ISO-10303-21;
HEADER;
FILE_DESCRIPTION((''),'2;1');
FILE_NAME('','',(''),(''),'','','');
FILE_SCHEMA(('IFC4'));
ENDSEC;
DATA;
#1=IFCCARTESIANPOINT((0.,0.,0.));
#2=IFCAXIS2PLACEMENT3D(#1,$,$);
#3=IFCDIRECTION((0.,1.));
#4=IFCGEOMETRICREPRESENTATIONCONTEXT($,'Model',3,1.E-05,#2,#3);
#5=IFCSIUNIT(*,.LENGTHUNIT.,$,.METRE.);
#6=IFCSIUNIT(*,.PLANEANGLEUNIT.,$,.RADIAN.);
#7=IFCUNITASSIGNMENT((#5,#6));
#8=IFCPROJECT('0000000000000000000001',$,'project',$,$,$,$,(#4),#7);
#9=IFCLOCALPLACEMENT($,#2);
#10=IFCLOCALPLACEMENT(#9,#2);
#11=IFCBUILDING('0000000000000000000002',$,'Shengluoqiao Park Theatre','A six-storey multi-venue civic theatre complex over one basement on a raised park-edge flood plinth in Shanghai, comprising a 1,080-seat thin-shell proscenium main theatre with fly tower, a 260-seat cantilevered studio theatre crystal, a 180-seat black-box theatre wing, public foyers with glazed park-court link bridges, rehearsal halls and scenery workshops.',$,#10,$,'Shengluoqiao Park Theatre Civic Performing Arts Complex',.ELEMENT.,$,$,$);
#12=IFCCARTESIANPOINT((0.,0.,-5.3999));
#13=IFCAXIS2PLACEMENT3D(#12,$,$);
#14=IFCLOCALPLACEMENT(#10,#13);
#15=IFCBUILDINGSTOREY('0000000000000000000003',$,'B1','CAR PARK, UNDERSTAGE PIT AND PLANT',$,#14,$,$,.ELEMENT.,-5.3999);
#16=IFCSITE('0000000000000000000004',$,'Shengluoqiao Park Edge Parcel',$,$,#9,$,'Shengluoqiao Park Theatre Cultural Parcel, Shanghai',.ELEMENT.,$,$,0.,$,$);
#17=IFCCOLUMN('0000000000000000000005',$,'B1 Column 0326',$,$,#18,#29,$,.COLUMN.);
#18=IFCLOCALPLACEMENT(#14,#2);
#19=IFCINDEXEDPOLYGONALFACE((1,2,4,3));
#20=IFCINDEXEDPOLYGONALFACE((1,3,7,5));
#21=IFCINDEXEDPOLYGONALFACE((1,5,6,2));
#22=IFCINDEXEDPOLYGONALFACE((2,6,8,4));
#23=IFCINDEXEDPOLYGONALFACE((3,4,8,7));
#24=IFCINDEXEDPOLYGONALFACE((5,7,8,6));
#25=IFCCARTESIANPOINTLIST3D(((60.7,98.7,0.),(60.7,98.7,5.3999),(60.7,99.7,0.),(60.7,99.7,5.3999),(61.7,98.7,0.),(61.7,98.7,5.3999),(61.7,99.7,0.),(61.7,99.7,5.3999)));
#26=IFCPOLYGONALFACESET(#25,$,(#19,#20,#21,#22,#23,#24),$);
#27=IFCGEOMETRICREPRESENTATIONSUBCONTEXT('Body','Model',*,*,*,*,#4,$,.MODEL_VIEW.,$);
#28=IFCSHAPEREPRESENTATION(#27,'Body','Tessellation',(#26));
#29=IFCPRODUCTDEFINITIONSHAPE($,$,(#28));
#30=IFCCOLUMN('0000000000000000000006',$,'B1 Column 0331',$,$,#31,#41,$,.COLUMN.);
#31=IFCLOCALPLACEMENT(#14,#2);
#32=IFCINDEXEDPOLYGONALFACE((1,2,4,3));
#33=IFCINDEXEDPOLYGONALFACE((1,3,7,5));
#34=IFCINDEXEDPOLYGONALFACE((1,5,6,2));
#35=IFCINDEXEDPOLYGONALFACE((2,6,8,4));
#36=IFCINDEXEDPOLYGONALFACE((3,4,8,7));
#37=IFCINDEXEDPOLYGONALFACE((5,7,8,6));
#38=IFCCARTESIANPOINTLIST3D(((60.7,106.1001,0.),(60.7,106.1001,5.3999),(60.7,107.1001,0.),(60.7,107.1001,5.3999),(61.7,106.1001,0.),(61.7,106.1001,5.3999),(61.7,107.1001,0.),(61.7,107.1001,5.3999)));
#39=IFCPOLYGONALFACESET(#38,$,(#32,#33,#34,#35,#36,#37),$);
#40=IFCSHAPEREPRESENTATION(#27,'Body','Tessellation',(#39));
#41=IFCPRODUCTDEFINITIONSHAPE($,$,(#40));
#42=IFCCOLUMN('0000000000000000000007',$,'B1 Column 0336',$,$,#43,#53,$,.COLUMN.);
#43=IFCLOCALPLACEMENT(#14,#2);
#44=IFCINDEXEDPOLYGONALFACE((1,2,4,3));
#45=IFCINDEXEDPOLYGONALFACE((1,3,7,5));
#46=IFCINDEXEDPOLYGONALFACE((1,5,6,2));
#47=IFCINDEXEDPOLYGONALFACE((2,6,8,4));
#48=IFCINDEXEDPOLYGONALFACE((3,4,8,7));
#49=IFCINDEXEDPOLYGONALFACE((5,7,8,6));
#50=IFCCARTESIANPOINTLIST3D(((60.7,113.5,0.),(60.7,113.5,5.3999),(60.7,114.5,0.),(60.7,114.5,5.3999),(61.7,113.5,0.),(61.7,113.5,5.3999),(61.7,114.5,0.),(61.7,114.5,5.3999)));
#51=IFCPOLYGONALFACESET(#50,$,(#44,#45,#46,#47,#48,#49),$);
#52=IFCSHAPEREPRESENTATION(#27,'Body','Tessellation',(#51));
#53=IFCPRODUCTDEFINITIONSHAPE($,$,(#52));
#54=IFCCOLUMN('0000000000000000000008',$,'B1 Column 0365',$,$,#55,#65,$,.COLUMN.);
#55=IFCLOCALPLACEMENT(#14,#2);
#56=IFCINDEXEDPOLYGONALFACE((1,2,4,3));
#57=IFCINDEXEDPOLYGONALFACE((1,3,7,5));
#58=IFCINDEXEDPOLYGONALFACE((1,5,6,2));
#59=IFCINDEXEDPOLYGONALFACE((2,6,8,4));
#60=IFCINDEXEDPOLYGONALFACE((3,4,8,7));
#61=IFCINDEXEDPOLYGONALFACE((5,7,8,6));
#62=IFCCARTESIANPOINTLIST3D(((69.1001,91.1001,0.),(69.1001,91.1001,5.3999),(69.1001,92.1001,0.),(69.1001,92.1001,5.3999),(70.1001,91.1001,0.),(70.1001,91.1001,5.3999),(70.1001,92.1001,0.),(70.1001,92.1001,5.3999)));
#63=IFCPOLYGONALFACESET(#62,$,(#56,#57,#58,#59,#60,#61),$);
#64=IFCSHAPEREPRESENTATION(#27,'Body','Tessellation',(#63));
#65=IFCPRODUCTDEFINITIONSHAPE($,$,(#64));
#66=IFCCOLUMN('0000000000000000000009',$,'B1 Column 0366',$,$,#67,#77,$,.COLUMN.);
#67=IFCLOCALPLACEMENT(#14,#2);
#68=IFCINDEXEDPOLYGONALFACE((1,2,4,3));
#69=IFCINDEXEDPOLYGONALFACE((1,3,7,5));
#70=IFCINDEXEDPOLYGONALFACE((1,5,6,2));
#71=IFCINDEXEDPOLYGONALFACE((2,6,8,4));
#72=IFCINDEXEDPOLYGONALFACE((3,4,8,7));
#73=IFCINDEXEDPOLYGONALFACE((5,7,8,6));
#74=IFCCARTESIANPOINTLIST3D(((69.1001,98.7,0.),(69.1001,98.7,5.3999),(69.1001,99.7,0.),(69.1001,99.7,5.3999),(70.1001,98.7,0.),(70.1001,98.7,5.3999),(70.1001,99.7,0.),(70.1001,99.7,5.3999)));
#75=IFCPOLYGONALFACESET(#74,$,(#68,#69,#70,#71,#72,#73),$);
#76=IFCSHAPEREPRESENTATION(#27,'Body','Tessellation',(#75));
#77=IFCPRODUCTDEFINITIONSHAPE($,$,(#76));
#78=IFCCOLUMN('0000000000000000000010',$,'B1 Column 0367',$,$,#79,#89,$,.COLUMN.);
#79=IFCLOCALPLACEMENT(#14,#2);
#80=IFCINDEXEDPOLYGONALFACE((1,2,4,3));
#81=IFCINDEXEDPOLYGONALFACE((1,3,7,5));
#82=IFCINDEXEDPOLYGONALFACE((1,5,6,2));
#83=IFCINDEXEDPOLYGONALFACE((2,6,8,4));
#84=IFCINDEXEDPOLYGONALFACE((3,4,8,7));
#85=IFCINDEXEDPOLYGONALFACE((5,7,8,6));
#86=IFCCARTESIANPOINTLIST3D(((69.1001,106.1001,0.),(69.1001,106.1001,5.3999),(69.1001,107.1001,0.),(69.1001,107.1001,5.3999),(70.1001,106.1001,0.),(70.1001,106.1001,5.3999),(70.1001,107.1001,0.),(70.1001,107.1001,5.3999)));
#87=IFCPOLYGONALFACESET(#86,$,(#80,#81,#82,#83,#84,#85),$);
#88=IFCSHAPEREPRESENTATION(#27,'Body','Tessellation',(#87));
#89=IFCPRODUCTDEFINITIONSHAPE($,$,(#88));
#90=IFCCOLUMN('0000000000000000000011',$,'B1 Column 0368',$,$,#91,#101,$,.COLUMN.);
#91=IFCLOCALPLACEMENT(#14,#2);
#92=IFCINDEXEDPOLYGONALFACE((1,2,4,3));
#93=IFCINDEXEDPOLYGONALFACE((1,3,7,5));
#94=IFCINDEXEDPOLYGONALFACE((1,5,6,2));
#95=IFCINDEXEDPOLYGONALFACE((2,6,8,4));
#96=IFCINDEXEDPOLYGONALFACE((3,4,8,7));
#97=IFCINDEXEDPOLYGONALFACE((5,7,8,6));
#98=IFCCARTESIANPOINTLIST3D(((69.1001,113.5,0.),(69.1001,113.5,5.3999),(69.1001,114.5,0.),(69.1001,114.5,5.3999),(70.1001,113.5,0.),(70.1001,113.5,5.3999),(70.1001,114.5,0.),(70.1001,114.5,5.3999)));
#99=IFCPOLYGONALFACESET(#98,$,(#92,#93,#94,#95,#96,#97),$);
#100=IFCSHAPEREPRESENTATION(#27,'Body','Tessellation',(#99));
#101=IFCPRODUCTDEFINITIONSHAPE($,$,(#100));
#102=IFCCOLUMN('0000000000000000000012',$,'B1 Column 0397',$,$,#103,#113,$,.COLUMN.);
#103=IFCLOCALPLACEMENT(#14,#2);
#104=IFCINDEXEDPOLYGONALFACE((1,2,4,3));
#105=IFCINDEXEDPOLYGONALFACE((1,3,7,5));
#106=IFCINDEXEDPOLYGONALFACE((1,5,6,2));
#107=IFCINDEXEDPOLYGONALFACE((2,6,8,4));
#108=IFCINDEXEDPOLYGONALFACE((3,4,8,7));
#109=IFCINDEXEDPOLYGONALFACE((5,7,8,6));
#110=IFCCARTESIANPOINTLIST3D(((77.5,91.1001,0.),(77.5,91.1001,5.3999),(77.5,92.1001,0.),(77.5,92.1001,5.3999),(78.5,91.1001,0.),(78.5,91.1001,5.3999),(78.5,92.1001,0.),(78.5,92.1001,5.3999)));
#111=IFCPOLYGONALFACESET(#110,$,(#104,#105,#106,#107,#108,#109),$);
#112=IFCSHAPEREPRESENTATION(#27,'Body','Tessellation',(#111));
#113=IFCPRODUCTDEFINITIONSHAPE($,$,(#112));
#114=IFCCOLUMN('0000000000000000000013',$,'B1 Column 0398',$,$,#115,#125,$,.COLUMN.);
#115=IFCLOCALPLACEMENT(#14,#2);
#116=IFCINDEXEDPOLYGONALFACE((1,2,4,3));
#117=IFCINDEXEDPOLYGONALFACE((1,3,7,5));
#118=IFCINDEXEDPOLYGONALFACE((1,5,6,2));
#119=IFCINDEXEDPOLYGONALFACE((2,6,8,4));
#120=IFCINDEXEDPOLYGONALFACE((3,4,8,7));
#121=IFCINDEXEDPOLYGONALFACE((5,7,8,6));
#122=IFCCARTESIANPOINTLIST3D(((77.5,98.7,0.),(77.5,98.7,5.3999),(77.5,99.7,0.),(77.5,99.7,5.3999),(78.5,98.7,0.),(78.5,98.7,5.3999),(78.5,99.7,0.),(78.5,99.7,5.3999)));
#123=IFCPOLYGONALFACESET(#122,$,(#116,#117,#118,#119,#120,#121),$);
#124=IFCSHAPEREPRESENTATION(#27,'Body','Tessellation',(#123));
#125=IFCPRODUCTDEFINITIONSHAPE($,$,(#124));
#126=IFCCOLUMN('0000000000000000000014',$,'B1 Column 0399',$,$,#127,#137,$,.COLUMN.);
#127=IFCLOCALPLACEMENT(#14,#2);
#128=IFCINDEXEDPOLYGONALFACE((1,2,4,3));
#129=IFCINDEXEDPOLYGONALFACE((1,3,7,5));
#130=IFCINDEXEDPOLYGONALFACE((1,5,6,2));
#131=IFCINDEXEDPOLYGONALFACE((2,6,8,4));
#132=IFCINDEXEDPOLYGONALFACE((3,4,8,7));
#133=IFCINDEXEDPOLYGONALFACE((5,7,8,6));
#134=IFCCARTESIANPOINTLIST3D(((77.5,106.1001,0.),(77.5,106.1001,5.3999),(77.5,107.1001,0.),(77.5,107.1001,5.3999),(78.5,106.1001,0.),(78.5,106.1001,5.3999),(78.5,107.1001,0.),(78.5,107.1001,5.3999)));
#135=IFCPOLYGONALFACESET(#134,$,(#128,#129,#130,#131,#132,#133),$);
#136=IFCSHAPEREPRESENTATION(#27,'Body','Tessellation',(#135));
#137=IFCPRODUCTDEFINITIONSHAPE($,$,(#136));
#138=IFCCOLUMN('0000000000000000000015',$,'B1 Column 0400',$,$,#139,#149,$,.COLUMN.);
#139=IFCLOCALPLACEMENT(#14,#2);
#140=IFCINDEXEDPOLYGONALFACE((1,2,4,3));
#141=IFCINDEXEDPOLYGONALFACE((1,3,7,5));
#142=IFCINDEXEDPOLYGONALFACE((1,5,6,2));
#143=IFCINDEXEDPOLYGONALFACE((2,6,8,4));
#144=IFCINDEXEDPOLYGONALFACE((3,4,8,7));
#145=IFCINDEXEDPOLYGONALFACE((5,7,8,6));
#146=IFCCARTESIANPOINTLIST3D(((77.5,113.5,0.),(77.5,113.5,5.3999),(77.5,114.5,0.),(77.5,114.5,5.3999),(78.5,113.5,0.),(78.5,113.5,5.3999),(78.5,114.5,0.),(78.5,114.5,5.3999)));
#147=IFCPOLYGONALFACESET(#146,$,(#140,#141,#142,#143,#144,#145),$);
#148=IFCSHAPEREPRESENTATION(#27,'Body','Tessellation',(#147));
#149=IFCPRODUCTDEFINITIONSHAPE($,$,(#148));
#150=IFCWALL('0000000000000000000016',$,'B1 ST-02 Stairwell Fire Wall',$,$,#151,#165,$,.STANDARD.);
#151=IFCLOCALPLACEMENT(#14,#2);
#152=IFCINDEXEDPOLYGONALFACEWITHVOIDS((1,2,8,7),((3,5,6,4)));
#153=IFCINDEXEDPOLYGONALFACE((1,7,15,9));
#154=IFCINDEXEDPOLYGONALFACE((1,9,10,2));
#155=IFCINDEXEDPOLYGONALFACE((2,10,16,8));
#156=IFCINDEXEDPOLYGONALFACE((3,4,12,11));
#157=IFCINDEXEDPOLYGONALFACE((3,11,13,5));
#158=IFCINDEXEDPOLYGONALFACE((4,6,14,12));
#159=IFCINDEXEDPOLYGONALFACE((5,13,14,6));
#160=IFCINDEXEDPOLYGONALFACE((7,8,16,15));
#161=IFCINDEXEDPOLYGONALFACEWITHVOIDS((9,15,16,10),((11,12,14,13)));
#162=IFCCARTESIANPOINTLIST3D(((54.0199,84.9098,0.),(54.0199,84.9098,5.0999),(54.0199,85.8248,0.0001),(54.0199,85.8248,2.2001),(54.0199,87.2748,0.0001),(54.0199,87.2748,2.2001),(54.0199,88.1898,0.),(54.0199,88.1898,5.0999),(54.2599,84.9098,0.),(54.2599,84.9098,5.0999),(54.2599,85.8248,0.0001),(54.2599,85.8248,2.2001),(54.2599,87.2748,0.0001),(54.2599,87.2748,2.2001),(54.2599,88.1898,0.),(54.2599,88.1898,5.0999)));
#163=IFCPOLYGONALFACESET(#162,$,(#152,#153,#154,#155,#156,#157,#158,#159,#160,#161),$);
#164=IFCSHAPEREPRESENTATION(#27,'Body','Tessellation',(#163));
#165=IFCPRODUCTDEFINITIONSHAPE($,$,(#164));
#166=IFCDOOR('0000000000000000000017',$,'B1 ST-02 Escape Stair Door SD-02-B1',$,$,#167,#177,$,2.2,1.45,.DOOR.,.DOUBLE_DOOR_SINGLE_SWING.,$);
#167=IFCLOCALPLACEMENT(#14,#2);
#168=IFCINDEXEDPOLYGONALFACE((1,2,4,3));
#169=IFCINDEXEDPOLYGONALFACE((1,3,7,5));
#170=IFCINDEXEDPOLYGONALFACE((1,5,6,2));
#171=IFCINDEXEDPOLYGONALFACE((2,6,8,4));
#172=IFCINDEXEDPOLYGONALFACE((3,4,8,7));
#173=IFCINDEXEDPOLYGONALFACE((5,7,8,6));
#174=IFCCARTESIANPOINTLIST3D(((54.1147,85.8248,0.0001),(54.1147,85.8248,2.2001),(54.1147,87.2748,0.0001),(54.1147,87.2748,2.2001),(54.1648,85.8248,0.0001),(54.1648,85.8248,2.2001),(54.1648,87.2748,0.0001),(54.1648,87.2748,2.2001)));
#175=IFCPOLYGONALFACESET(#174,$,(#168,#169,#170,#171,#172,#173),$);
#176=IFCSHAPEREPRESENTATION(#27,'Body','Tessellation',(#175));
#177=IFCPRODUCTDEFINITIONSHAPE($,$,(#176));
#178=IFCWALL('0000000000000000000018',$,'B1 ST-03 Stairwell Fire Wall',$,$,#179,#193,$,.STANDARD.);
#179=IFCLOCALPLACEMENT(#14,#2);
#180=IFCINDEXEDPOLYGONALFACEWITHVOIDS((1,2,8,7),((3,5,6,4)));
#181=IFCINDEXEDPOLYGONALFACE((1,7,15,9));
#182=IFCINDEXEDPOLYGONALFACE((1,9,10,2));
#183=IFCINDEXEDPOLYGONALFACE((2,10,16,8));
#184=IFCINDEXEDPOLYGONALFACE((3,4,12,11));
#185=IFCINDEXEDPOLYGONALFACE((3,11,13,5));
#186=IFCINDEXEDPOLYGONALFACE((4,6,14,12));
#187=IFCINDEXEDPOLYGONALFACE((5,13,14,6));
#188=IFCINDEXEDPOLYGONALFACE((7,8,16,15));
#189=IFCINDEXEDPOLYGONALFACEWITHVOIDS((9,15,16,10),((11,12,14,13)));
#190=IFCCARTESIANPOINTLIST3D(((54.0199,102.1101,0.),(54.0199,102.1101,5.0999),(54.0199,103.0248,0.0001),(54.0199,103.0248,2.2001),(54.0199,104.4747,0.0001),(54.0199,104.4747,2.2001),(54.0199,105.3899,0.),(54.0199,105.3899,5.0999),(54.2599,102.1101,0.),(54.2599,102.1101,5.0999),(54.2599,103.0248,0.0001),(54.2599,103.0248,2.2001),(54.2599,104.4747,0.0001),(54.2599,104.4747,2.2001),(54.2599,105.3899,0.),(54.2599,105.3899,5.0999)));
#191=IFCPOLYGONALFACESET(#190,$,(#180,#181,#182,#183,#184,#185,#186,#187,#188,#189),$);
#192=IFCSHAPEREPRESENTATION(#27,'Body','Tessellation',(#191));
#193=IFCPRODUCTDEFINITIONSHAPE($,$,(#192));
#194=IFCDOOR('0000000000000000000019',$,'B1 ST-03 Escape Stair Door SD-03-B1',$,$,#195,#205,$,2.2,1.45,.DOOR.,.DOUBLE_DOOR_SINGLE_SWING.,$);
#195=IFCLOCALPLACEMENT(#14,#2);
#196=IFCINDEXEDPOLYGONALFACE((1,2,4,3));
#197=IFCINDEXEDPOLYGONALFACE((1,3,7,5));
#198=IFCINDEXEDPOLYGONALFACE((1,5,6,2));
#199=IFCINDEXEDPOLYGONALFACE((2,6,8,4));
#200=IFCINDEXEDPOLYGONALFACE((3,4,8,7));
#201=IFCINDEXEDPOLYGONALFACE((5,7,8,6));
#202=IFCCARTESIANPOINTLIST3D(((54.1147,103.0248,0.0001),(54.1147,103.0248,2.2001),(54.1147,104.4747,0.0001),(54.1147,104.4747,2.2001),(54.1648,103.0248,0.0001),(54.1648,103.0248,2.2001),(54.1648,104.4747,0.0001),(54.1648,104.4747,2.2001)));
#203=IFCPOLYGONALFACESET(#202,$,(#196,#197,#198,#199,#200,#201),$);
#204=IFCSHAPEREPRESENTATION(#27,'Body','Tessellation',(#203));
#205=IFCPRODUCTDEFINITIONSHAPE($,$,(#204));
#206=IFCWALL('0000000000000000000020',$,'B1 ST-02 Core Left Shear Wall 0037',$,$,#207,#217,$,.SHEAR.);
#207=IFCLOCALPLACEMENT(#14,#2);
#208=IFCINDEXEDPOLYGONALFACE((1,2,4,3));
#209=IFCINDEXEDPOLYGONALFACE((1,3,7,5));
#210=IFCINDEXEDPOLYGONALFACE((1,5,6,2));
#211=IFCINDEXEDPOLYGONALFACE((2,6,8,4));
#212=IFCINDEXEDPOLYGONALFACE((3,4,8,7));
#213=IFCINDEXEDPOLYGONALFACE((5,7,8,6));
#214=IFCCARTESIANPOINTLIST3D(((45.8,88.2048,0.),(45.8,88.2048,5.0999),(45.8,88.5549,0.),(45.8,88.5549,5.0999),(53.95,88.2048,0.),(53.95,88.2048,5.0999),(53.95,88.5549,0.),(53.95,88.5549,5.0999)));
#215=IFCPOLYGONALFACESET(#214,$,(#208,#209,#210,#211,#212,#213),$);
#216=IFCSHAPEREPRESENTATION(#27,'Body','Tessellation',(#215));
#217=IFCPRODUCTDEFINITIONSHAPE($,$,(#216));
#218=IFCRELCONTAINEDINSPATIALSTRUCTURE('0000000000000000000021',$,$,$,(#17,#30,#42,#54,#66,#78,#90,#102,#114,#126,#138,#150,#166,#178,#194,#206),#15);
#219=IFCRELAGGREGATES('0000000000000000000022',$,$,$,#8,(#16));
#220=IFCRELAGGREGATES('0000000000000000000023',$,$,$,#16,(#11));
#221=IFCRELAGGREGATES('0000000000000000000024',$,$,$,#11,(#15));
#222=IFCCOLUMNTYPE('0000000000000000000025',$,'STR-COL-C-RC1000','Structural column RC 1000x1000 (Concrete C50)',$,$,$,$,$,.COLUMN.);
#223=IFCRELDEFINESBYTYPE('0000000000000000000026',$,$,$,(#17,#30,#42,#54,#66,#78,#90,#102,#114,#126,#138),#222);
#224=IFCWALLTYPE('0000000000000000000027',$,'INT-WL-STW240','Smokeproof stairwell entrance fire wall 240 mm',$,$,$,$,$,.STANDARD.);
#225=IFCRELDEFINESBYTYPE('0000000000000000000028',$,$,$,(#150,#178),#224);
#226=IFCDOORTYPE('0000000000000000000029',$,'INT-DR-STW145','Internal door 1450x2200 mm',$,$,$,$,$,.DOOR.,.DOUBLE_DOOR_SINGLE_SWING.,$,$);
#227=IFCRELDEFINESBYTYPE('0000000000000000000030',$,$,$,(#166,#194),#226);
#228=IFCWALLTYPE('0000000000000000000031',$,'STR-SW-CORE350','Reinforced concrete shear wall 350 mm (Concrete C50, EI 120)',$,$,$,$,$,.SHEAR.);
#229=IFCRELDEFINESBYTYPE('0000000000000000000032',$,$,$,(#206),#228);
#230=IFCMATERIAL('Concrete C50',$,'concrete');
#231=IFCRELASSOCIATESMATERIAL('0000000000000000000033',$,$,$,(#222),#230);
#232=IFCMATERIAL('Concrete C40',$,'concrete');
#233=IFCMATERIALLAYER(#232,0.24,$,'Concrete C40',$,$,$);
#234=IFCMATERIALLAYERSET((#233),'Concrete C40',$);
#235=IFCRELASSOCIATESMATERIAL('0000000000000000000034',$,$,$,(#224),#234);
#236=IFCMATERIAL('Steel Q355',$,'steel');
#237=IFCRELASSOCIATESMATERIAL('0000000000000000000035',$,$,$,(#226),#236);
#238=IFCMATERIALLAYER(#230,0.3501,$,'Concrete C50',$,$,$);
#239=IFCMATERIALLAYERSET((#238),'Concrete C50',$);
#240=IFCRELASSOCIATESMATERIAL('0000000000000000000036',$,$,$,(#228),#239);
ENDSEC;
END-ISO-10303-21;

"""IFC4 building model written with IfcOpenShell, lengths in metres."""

from ifc_helpers import new_model, si_unit, direction, frame, frame_2d, origin, origin_2d, place, context, subcontext, project, spatial, rectangle, extrude, material, layer, layer_set, material_profile, profile_set, type_object, element, fill, save


model = new_model("IFC4")

# Units and contexts
model_context = context("Model", 3, precision=1e-05, world=origin(), true_north=direction((0.0, 1.0)))
body_context = subcontext(model_context, "Body", "Model", "MODEL_VIEW")
ifc_project = project(units=[si_unit("LENGTHUNIT", "METRE"), si_unit("PLANEANGLEUNIT", "RADIAN")], contexts=[model_context])

# Site, building, storey
site_placement = place(None, origin())
site = spatial("IfcSite", under=ifc_project, at=site_placement, Name="Shengluoqiao Park Edge Parcel", LongName="Shengluoqiao Park Theatre Cultural Parcel, Shanghai", CompositionType="ELEMENT", RefElevation=0.0)
building_placement = place(site_placement, origin())
building = spatial("IfcBuilding", under=site, at=building_placement, Name="Shengluoqiao Park Theatre", Description="A six-storey multi-venue civic theatre complex over one basement on a raised park-edge flood plinth in Shanghai, comprising a 1,080-seat thin-shell proscenium main theatre with fly tower, a 260-seat cantilevered studio theatre crystal, a 180-seat black-box theatre wing, public foyers with glazed park-court link bridges, rehearsal halls and scenery workshops.", LongName="Shengluoqiao Park Theatre Civic Performing Arts Complex", CompositionType="ELEMENT")
storey_placement = place(building_placement, frame((0.0, 0.0, -5.3999)))
storey = spatial("IfcBuildingStorey", under=building, at=storey_placement, Name="B1", Description="CAR PARK, UNDERSTAGE PIT AND PLANT", CompositionType="ELEMENT", Elevation=-5.3999)

# Columns
ifc_material_1 = material(Name="Steel Q355", Category="steel")
ifc_material_2 = material(Name="Concrete C50", Category="concrete")
ifc_material_profile_1 = material_profile(ifc_material_2, rectangle(XDim=1.0, YDim=1.0, at=origin_2d()), Name="RC 1000x1000")
ifc_profile_set_1 = profile_set([ifc_material_profile_1], Name="Concrete C50")
column_type_1 = type_object("IfcColumnType", Name="STR-COL-C-RC1000", Description="Structural column RC 1000x1000 (Concrete C50)", PredefinedType="COLUMN", material=ifc_profile_set_1)
for number, where, z_axis, x_axis, name in (
    (1, (61.2, 99.2, 0.0), (0.0, 0.0, 1.0), (1.0, 0.0, 0.0), "B1 Column 0326"),
    (2, (61.2, 106.6001, 0.0), (0.0, 0.0, 1.0), (1.0, 0.0, 0.0), "B1 Column 0331"),
    (3, (61.2, 114.0, 0.0), (0.0, 0.0, 1.0), (1.0, 0.0, 0.0), "B1 Column 0336"),
    (4, (69.6001, 91.6001, 0.0), (0.0, 0.0, 1.0), (1.0, 0.0, 0.0), "B1 Column 0365"),
    (5, (69.6001, 99.2, 0.0), (0.0, 0.0, 1.0), (1.0, 0.0, 0.0), "B1 Column 0366"),
    (6, (69.6001, 106.6001, 0.0), (0.0, 0.0, 1.0), (1.0, 0.0, 0.0), "B1 Column 0367"),
    (7, (69.6001, 114.0, 0.0), (0.0, 0.0, 1.0), (1.0, 0.0, 0.0), "B1 Column 0368"),
    (8, (78.0, 91.6001, 0.0), (0.0, 0.0, 1.0), (1.0, 0.0, 0.0), "B1 Column 0397"),
    (9, (78.0, 99.2, 0.0), (0.0, 0.0, 1.0), (1.0, 0.0, 0.0), "B1 Column 0398"),
    (10, (78.0, 106.6001, 0.0), (0.0, 0.0, 1.0), (1.0, 0.0, 0.0), "B1 Column 0399"),
    (11, (78.0, 114.0, 0.0), (0.0, 0.0, 1.0), (1.0, 0.0, 0.0), "B1 Column 0400"),
):
    element("IfcColumn", number, at=place(storey_placement, frame(where, z_axis=z_axis, x_axis=x_axis)), inside=storey, type_object=column_type_1, Name=name, PredefinedType="COLUMN", context=body_context, shape_type="SweptSolid", body=[
        extrude(rectangle(XDim=1.0, YDim=1.0, at=origin_2d()), origin(), (0.0, 0.0, 1.0), 5.3999),
    ])

# Walls, openings, doors
ifc_material_3 = material(Name="Concrete C40", Category="concrete")
ifc_layer_1 = layer(ifc_material_3, 0.24, Name="Concrete C40")
ifc_layer_set_1 = layer_set([ifc_layer_1], Name="Concrete C40")
wall_type_1 = type_object("IfcWallType", Name="INT-WL-STW240", Description="Smokeproof stairwell entrance fire wall 240 mm", PredefinedType="STANDARD", material=ifc_layer_set_1)
wall_1_placement = place(storey_placement, frame((54.1399, 88.1899, 0.0), z_axis=(0.0, 0.0, 1.0), x_axis=(0.0, -1.0, 0.0)))
wall_1 = element("IfcWall", 12, at=wall_1_placement, inside=storey, type_object=wall_type_1, Name="B1 ST-02 Stairwell Fire Wall", PredefinedType="STANDARD", context=body_context, shape_type="SweptSolid", body=[
    extrude(rectangle(XDim=3.28, YDim=0.24, at=frame_2d((1.6401, 0.0))), origin(), (0.0, 0.0, 1.0), 5.0999),
])
opening_1_placement = place(wall_1_placement, frame((0.915, 0.0, 0.0)))
opening_1 = element("IfcOpeningElement", 13, at=opening_1_placement, cuts=wall_1, PredefinedType="OPENING", context=body_context, shape_type="SweptSolid", body=[
    extrude(rectangle(XDim=1.45, YDim=2.2, at=frame_2d((0.7251, 1.1001))), frame((0.0, 0.1299, 0.0), z_axis=(0.0, -1.0, 0.0), x_axis=(1.0, 0.0, 0.0)), (0.0, 0.0, 1.0), 0.26),
])
door_type = type_object("IfcDoorType", Name="INT-DR-STW145", Description="Internal door 1450x2200 mm", OperationType="DOUBLE_DOOR_SINGLE_SWING", PredefinedType="DOOR", material=ifc_material_1)
door_1_placement = place(opening_1_placement, origin())
door_1 = element("IfcDoor", 14, at=door_1_placement, inside=storey, type_object=door_type, Name="B1 ST-02 Escape Stair Door SD-02-B1", OperationType="DOUBLE_DOOR_SINGLE_SWING", OverallHeight=2.2, OverallWidth=1.45, PredefinedType="DOOR", context=body_context, shape_type="SweptSolid", body=[
    extrude(rectangle(XDim=1.45, YDim=2.2, at=frame_2d((0.7251, 1.1001))), frame((0.0, 0.0249, 0.0), z_axis=(0.0, -1.0, 0.0), x_axis=(1.0, 0.0, 0.0)), (0.0, 0.0, 1.0), 0.05),
])
fill(opening_1, door_1)
wall_2_placement = place(storey_placement, frame((54.1399, 105.3899, 0.0), z_axis=(0.0, 0.0, 1.0), x_axis=(0.0, -1.0, 0.0)))
wall_2 = element("IfcWall", 15, at=wall_2_placement, inside=storey, type_object=wall_type_1, Name="B1 ST-03 Stairwell Fire Wall", PredefinedType="STANDARD", context=body_context, shape_type="SweptSolid", body=[
    extrude(rectangle(XDim=3.2798, YDim=0.24, at=frame_2d((1.6399, 0.0))), origin(), (0.0, 0.0, 1.0), 5.0999),
])
opening_2_placement = place(wall_2_placement, frame((0.915, 0.0, 0.0)))
opening_2 = element("IfcOpeningElement", 16, at=opening_2_placement, cuts=wall_2, PredefinedType="OPENING", context=body_context, shape_type="SweptSolid", body=[
    extrude(rectangle(XDim=1.45, YDim=2.2, at=frame_2d((0.7251, 1.1001))), frame((0.0, 0.1299, 0.0), z_axis=(0.0, -1.0, 0.0), x_axis=(1.0, 0.0, 0.0)), (0.0, 0.0, 1.0), 0.26),
])
door_2_placement = place(opening_2_placement, origin())
door_2 = element("IfcDoor", 17, at=door_2_placement, inside=storey, type_object=door_type, Name="B1 ST-03 Escape Stair Door SD-03-B1", OperationType="DOUBLE_DOOR_SINGLE_SWING", OverallHeight=2.2, OverallWidth=1.45, PredefinedType="DOOR", context=body_context, shape_type="SweptSolid", body=[
    extrude(rectangle(XDim=1.45, YDim=2.2, at=frame_2d((0.7251, 1.1001))), frame((0.0, 0.0249, 0.0), z_axis=(0.0, -1.0, 0.0), x_axis=(1.0, 0.0, 0.0)), (0.0, 0.0, 1.0), 0.05),
])
fill(opening_2, door_2)

# Wall
ifc_layer_2 = layer(ifc_material_2, 0.3501, Name="Concrete C50")
ifc_layer_set_2 = layer_set([ifc_layer_2], Name="Concrete C50")
wall_type_2 = type_object("IfcWallType", Name="STR-SW-CORE350", Description="Reinforced concrete shear wall 350 mm (Concrete C50, EI 120)", PredefinedType="SHEAR", material=ifc_layer_set_2)
for number, where, z_axis, x_axis, name in (
    (18, (53.95, 88.3799, 0.0), (0.0, 0.0, 1.0), (-1.0, 0.0, 0.0), "B1 ST-02 Core Left Shear Wall 0037"),
):
    element("IfcWall", number, at=place(storey_placement, frame(where, z_axis=z_axis, x_axis=x_axis)), inside=storey, type_object=wall_type_2, Name=name, PredefinedType="SHEAR", context=body_context, shape_type="SweptSolid", body=[
        extrude(rectangle(XDim=8.1499, YDim=0.3501, at=frame_2d((4.075, 0.0))), origin(), (0.0, 0.0, 1.0), 5.0999),
    ])

save(model, "model.ifc")
